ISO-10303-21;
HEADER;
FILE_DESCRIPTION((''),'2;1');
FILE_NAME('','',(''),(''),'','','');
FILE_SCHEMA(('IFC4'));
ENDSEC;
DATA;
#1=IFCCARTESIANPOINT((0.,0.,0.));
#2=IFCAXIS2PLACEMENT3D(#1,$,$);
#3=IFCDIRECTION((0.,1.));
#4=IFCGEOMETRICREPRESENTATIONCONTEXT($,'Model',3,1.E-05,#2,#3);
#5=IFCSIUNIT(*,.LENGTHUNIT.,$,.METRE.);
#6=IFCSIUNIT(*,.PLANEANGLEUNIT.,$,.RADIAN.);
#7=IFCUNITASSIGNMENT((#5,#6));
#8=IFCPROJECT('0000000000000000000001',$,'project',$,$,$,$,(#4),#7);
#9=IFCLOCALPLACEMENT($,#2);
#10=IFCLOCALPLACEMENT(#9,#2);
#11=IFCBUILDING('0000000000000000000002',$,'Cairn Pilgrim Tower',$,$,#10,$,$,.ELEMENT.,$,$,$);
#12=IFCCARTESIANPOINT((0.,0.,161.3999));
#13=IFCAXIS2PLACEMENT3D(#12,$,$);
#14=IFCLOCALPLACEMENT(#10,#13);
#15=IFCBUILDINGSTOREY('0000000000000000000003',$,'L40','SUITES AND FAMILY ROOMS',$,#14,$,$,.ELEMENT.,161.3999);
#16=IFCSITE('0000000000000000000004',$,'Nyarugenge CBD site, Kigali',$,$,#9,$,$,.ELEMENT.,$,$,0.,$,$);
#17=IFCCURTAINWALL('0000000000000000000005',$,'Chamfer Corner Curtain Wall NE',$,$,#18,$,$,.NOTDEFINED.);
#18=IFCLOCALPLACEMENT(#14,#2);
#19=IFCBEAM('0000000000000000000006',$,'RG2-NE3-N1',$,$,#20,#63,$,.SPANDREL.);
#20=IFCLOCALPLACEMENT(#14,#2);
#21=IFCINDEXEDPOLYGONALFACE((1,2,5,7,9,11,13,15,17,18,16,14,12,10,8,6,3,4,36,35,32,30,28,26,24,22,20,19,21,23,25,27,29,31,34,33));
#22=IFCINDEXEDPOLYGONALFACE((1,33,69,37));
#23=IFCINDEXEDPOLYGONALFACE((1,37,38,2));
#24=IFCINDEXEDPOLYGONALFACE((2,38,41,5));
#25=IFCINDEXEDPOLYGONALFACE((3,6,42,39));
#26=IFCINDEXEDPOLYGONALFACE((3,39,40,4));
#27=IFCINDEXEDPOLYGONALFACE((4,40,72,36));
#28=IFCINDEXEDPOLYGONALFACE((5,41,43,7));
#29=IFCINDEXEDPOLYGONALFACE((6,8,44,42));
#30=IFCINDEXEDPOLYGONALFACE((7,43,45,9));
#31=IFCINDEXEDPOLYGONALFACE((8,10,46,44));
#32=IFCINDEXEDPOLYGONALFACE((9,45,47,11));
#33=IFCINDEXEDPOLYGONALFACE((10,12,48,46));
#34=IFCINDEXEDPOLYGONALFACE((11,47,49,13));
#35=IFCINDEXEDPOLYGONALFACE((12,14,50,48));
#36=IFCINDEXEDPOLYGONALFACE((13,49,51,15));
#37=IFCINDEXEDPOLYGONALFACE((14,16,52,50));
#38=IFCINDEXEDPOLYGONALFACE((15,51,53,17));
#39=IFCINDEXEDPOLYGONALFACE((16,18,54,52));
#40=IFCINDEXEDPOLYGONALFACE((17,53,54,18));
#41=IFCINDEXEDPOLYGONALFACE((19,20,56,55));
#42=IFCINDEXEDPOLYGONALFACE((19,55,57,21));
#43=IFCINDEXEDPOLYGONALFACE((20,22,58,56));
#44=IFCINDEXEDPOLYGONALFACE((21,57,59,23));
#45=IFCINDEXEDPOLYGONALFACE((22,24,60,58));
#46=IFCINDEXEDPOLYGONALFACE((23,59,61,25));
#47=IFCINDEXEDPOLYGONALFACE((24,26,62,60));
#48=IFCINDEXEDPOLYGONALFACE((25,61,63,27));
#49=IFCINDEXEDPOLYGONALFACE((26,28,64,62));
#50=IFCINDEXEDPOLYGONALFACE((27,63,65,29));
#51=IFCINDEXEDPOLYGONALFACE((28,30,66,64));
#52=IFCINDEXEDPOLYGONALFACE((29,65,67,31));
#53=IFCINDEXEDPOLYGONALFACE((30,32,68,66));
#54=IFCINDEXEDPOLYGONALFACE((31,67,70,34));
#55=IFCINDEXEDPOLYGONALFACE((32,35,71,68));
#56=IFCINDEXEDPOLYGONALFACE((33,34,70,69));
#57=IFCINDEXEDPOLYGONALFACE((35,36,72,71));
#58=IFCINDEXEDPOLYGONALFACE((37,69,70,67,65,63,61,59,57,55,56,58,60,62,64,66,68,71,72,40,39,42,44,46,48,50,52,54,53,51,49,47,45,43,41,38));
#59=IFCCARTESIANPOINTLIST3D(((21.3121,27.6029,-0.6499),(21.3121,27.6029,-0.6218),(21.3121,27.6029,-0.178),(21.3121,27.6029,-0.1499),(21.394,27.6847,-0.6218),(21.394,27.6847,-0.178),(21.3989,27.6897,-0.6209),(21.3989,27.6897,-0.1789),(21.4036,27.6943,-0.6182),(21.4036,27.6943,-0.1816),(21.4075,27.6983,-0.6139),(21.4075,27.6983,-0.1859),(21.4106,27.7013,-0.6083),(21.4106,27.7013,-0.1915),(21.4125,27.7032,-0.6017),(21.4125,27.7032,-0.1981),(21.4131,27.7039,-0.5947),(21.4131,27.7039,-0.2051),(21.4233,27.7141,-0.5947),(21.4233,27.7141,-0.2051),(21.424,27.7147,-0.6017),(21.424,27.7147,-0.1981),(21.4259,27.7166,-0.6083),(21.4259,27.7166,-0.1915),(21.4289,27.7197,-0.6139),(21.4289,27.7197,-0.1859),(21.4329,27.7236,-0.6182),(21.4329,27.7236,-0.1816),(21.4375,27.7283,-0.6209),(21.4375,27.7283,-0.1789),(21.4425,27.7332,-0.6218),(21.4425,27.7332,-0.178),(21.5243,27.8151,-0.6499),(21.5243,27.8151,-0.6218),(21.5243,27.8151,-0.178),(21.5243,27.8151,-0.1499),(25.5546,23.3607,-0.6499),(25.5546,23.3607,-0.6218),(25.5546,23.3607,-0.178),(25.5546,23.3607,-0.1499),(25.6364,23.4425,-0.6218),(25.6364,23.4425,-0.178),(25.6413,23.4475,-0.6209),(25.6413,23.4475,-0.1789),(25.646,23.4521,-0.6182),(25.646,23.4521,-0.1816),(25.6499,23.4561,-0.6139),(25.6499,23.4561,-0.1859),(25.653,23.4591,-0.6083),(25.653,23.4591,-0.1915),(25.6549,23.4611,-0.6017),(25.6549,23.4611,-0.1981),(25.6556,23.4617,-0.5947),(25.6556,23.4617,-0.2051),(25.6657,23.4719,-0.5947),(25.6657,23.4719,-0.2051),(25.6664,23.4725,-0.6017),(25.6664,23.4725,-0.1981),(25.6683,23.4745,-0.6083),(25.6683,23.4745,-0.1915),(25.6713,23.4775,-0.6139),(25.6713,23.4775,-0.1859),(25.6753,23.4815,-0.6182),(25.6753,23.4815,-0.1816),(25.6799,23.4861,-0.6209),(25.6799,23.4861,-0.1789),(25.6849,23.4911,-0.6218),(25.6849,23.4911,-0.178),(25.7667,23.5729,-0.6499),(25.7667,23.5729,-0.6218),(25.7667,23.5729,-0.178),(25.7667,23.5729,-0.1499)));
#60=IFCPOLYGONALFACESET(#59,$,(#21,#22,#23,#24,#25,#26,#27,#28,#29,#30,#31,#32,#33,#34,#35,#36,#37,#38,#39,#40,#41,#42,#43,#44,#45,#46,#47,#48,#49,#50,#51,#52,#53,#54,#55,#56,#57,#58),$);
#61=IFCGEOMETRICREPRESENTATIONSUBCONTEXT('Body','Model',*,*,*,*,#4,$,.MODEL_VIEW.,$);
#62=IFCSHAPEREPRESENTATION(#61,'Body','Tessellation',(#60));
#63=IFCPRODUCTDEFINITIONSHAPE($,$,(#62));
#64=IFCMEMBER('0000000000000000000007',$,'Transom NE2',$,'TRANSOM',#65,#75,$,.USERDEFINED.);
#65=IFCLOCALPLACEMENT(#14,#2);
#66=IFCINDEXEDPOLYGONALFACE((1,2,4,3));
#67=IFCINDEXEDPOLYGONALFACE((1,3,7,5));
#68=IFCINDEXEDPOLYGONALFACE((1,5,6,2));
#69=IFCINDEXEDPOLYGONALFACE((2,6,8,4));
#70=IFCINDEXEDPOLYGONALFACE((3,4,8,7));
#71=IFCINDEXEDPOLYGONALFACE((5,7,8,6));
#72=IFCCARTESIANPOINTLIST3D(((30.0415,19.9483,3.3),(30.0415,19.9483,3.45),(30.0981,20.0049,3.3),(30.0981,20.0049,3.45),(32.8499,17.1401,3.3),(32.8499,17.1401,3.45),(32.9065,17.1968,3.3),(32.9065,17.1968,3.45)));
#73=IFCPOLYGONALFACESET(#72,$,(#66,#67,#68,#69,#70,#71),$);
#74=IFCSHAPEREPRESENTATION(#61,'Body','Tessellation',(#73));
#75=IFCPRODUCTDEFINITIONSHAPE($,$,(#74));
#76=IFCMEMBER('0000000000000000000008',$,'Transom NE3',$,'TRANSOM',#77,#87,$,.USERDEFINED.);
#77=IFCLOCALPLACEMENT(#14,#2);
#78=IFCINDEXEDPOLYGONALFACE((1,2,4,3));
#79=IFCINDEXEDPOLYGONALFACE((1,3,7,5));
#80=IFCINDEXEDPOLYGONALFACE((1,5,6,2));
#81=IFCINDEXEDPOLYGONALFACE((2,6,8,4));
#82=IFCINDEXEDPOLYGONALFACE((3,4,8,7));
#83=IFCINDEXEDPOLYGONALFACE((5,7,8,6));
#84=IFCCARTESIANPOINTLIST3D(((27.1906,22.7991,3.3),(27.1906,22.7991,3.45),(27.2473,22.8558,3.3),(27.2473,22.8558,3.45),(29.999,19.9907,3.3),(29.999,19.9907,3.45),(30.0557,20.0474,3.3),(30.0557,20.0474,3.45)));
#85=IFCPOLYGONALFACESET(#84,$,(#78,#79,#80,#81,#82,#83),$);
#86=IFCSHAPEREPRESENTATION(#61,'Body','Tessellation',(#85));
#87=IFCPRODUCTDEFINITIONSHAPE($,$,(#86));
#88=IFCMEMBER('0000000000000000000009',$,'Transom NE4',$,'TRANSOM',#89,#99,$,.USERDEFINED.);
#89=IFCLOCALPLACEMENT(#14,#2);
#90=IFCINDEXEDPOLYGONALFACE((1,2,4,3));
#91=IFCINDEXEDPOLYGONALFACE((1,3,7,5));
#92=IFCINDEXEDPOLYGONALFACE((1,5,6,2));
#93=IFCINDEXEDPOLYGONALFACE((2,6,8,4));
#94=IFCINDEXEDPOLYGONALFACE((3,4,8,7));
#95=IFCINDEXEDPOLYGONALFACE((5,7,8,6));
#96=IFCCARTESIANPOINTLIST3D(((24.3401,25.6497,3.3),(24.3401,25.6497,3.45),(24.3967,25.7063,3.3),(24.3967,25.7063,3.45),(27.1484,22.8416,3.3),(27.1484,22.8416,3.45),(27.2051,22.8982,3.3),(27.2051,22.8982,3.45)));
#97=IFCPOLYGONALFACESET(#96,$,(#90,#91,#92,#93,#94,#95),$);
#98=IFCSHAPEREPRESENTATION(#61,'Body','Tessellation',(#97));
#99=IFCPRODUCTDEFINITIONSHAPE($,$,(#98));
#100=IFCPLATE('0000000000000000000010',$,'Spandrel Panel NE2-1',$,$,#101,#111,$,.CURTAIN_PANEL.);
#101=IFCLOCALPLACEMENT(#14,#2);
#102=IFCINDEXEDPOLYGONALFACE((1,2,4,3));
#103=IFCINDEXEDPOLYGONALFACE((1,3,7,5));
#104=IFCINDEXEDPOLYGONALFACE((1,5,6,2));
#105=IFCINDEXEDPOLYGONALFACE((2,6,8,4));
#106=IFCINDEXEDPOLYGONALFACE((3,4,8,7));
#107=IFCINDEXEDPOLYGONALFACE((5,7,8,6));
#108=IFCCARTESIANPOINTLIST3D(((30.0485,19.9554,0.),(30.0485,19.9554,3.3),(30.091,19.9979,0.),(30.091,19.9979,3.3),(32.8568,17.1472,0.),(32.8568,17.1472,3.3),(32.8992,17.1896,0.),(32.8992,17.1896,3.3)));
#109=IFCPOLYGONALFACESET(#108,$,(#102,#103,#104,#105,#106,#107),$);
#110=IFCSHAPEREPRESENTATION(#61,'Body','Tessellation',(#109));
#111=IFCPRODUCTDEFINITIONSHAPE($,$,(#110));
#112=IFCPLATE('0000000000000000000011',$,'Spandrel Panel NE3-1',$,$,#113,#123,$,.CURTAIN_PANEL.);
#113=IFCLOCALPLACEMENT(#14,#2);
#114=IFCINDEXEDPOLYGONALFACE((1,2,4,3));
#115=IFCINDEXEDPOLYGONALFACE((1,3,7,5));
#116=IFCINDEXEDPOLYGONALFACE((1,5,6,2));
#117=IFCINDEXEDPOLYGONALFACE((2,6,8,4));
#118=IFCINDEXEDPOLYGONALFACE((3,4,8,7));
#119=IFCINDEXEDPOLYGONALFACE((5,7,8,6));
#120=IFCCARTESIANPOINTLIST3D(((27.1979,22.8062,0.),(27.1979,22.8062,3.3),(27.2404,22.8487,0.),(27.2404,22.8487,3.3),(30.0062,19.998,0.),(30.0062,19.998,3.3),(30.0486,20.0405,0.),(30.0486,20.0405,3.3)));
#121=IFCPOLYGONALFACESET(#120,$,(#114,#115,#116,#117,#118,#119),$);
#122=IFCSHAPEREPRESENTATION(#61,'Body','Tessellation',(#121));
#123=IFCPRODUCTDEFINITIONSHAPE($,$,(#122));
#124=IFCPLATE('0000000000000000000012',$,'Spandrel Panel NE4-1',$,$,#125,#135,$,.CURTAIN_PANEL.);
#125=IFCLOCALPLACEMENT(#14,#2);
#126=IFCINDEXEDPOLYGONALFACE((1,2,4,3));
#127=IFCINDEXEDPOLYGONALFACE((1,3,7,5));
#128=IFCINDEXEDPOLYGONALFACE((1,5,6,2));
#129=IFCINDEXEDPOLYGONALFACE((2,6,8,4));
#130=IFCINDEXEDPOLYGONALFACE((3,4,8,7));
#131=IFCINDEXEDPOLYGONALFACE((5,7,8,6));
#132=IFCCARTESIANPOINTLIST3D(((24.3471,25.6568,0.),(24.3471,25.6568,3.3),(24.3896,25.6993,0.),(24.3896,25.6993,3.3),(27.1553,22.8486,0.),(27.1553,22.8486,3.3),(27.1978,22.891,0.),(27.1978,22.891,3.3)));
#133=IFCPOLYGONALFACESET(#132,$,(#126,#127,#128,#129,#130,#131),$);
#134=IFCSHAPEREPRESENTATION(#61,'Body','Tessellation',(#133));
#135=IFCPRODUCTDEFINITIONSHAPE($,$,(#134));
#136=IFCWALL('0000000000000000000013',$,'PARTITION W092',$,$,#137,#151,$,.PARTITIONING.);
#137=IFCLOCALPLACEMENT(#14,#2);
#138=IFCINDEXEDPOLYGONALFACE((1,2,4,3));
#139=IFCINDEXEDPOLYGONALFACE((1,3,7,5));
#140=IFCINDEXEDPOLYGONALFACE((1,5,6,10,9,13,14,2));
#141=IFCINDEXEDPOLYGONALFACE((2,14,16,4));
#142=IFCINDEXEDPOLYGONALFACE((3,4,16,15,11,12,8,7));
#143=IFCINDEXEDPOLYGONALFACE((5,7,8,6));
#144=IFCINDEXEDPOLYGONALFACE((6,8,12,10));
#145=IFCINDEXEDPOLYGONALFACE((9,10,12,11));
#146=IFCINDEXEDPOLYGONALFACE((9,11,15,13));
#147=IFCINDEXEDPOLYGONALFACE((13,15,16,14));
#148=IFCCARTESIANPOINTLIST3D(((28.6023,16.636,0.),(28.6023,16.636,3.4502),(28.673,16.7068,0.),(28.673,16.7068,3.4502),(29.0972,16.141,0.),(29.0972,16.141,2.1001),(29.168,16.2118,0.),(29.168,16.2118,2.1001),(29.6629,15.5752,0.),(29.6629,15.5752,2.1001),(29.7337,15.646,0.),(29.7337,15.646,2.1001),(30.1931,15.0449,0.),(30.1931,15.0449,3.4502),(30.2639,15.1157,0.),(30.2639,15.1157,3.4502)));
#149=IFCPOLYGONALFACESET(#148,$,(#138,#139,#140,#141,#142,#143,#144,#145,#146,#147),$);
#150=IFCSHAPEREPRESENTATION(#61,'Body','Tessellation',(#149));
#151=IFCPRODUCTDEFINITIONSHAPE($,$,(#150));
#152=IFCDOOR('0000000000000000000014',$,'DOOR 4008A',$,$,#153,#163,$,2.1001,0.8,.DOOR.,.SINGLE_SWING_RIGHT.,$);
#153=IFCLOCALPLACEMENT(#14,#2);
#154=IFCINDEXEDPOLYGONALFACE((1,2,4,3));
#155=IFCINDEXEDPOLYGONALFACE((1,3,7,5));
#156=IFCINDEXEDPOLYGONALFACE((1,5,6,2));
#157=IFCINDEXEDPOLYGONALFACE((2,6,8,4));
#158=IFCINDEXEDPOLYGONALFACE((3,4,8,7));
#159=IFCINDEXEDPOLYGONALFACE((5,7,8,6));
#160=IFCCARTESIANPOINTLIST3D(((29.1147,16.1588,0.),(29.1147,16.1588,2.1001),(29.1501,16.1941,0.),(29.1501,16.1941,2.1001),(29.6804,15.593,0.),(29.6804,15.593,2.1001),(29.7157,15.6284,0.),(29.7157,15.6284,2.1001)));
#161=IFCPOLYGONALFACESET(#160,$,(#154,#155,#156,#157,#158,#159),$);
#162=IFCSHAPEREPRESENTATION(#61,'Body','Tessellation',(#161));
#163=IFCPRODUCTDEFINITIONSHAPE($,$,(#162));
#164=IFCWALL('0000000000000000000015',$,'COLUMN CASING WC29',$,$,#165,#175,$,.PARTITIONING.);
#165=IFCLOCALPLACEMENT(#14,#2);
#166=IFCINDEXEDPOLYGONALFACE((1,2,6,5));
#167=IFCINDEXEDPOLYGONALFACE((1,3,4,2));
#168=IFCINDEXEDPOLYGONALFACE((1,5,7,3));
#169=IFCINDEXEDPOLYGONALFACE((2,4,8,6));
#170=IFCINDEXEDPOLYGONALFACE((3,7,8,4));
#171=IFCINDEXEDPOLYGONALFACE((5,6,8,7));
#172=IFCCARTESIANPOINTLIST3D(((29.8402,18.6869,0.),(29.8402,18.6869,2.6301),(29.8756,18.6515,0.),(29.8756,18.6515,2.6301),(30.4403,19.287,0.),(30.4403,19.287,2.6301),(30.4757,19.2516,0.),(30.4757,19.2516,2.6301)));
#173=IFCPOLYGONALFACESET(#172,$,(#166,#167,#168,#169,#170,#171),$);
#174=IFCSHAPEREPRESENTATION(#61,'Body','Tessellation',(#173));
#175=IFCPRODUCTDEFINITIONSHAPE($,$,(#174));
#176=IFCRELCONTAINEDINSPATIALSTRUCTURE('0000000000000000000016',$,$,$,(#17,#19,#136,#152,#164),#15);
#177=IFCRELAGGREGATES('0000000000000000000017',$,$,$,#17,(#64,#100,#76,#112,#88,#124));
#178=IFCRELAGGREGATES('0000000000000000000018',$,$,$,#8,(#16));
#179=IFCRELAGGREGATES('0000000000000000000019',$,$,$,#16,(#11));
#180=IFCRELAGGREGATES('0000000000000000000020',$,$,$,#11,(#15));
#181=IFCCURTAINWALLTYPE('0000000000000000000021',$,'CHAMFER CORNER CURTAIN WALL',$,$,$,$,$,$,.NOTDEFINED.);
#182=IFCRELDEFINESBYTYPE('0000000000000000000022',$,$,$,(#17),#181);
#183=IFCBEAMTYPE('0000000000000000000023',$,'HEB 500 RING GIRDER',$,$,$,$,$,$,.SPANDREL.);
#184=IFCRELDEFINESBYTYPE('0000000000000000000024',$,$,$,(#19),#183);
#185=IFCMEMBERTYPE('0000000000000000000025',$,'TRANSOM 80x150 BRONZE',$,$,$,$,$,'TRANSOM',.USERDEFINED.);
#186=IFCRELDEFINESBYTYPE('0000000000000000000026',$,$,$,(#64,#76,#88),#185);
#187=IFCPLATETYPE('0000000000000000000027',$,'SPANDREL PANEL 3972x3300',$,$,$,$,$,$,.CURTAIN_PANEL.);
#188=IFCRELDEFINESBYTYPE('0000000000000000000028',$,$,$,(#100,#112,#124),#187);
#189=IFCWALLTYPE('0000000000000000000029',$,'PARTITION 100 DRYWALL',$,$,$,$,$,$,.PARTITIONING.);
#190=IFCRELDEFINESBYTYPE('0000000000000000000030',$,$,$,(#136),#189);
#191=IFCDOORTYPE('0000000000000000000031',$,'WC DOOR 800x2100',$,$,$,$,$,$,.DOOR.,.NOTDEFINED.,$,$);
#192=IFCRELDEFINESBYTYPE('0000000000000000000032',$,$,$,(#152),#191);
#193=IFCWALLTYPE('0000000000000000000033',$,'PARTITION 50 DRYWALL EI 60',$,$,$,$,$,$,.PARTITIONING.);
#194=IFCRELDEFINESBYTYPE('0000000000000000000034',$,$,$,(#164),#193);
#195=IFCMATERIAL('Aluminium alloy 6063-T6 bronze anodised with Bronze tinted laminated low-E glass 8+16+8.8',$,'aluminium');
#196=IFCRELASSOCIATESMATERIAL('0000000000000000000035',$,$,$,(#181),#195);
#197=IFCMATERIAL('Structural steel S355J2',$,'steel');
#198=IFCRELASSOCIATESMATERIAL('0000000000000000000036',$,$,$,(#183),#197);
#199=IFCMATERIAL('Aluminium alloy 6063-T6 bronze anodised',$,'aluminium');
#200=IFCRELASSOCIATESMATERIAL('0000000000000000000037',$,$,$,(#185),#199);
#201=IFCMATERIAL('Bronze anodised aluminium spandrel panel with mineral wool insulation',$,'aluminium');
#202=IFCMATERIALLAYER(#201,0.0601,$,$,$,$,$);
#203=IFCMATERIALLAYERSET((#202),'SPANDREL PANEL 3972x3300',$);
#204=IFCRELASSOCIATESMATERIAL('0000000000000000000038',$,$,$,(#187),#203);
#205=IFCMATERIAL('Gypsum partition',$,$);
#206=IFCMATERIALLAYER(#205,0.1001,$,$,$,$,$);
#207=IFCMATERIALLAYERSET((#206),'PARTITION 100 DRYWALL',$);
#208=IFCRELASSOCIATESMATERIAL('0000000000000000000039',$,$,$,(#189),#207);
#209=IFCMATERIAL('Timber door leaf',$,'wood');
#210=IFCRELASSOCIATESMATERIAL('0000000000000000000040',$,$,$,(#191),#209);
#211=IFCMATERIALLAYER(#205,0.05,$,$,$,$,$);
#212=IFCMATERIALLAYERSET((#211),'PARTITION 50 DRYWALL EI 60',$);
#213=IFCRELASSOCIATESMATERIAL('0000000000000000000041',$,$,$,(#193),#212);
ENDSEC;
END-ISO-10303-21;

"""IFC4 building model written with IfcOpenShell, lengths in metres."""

from ifc_helpers import new_model, si_unit, direction, frame, frame_2d, origin, origin_2d, place, context, subcontext, project, spatial, rectangle, i_section, extrude, material, layer, layer_set, material_profile, profile_set, type_object, element, fill, aggregate, save


model = new_model("IFC4")

# Units and contexts
model_context = context("Model", 3, precision=1e-05, world=origin(), true_north=direction((0.0, 1.0)))
body_context = subcontext(model_context, "Body", "Model", "MODEL_VIEW")
ifc_project = project(units=[si_unit("LENGTHUNIT", "METRE"), si_unit("PLANEANGLEUNIT", "RADIAN")], contexts=[model_context])

# Site, building, storey
site_placement = place(None, origin())
site = spatial("IfcSite", under=ifc_project, at=site_placement, Name="Nyarugenge CBD site, Kigali", CompositionType="ELEMENT", RefElevation=0.0)
building_placement = place(site_placement, origin())
building = spatial("IfcBuilding", under=site, at=building_placement, Name="Cairn Pilgrim Tower", CompositionType="ELEMENT")
storey_placement = place(building_placement, frame((0.0, 0.0, 161.3999)))
storey = spatial("IfcBuildingStorey", under=building, at=storey_placement, Name="L40", Description="SUITES AND FAMILY ROOMS", CompositionType="ELEMENT", Elevation=161.3999)

# Shared definitions
ifc_material_1 = material(Name="Structural steel S355J2", Category="steel")

# Curtain wall
ifc_material_2 = material(Name="Aluminium alloy 6063-T6 bronze anodised with Bronze tinted laminated low-E glass 8+16+8.8", Category="aluminium")
curtain_wall_type = type_object("IfcCurtainWallType", Name="CHAMFER CORNER CURTAIN WALL", PredefinedType="NOTDEFINED", material=ifc_material_2)
curtain_wall_placement = place(storey_placement, origin())
curtain_wall = element("IfcCurtainWall", 1, at=curtain_wall_placement, inside=storey, type_object=curtain_wall_type, Name="Chamfer Corner Curtain Wall NE", PredefinedType="NOTDEFINED")
ifc_material_3 = material(Name="Aluminium alloy 6063-T6 bronze anodised", Category="aluminium")

# Beam
ifc_material_profile_1 = material_profile(ifc_material_1, i_section(OverallWidth=0.3, OverallDepth=0.5, WebThickness=0.0144, FlangeThickness=0.0281, FilletRadius=0.0271, at=origin_2d()), Name="HEB 500")
ifc_profile_set_1 = profile_set([ifc_material_profile_1], Name="Structural steel S355J2")
beam_type_1 = type_object("IfcBeamType", Name="HEB 500 RING GIRDER", PredefinedType="SPANDREL", material=ifc_profile_set_1)
beam_1_placement = place(storey_placement, frame((25.6606, 23.4668, -0.3999), z_axis=(-0.707127, 0.707086, 0.0), x_axis=(-0.707086, -0.707127, 0.0)))
element("IfcBeam", 2, at=beam_1_placement, inside=storey, type_object=beam_type_1, Name="RG2-NE3-N1", PredefinedType="SPANDREL", context=body_context, shape_type="SweptSolid", body=[
    extrude(i_section(OverallWidth=0.3, OverallDepth=0.5, WebThickness=0.0144, FlangeThickness=0.0281, FilletRadius=0.0271, at=origin_2d()), origin(), (0.0, 0.0, 1.0), 5.9995),
])

# Members
ifc_material_profile_2 = material_profile(ifc_material_3, rectangle(XDim=0.0801, YDim=0.1499, at=origin_2d()), Name="TRANSOM 80x150 BRONZE")
ifc_profile_set_2 = profile_set([ifc_material_profile_2], Name="Aluminium alloy 6063-T6 bronze anodised")
member_type_1 = type_object("IfcMemberType", Name="TRANSOM 80x150 BRONZE", ElementType="TRANSOM", PredefinedType="USERDEFINED", material=ifc_profile_set_2)
member_1_placement = place(storey_placement, frame((32.8782, 17.1685, 3.375), z_axis=(-0.707138, 0.707076, 0.0), x_axis=(-0.707076, -0.707138, 0.0)))
member_1 = element("IfcMember", 3, at=member_1_placement, type_object=member_type_1, Name="Transom NE2", ObjectType="TRANSOM", PredefinedType="USERDEFINED", context=body_context, shape_type="SweptSolid", body=[
    extrude(rectangle(XDim=0.0801, YDim=0.1499, at=origin_2d()), origin(), (0.0, 0.0, 1.0), 3.9714),
])
member_2_placement = place(storey_placement, frame((30.0273, 20.019, 3.375), z_axis=(-0.707107, 0.707107, 0.0), x_axis=(-0.707107, -0.707107, 0.0)))
member_2 = element("IfcMember", 4, at=member_2_placement, type_object=member_type_1, Name="Transom NE3", ObjectType="TRANSOM", PredefinedType="USERDEFINED", context=body_context, shape_type="SweptSolid", body=[
    extrude(rectangle(XDim=0.0801, YDim=0.1499, at=origin_2d()), origin(), (0.0, 0.0, 1.0), 3.9717),
])
member_3_placement = place(storey_placement, frame((27.1768, 22.8699, 3.375), z_axis=(-0.707138, 0.707076, 0.0), x_axis=(-0.707076, -0.707138, 0.0)))
member_3 = element("IfcMember", 5, at=member_3_placement, type_object=member_type_1, Name="Transom NE4", ObjectType="TRANSOM", PredefinedType="USERDEFINED", context=body_context, shape_type="SweptSolid", body=[
    extrude(rectangle(XDim=0.0801, YDim=0.1499, at=origin_2d()), origin(), (0.0, 0.0, 1.0), 3.9714),
])

# Plates
ifc_material_4 = material(Name="Bronze anodised aluminium spandrel panel with mineral wool insulation", Category="aluminium")
ifc_layer_1 = layer(ifc_material_4, 0.0601)
ifc_layer_set_1 = layer_set([ifc_layer_1], Name="SPANDREL PANEL 3972x3300")
plate_type = type_object("IfcPlateType", Name="SPANDREL PANEL 3972x3300", PredefinedType="CURTAIN_PANEL", material=ifc_layer_set_1)
plate_1_placement = place(storey_placement, frame((31.4739, 18.5725, 0.0), z_axis=(0.0, 0.0, 1.0), x_axis=(-0.707107, 0.707107, 0.0)))
plate_1 = element("IfcPlate", 6, at=plate_1_placement, type_object=plate_type, Name="Spandrel Panel NE2-1", PredefinedType="CURTAIN_PANEL", context=body_context, shape_type="SweptSolid", body=[
    extrude(rectangle(XDim=3.9714, YDim=0.0601, at=origin_2d()), origin(), (0.0, 0.0, 1.0), 3.3),
])
plate_2_placement = place(storey_placement, frame((28.6233, 21.4233, 0.0), z_axis=(0.0, 0.0, 1.0), x_axis=(-0.707107, 0.707107, 0.0)))
plate_2 = element("IfcPlate", 7, at=plate_2_placement, type_object=plate_type, Name="Spandrel Panel NE3-1", PredefinedType="CURTAIN_PANEL", context=body_context, shape_type="SweptSolid", body=[
    extrude(rectangle(XDim=3.9714, YDim=0.0601, at=origin_2d()), origin(), (0.0, 0.0, 1.0), 3.3),
])
plate_3_placement = place(storey_placement, frame((25.7725, 24.2739, 0.0), z_axis=(0.0, 0.0, 1.0), x_axis=(-0.707107, 0.707107, 0.0)))
plate_3 = element("IfcPlate", 8, at=plate_3_placement, type_object=plate_type, Name="Spandrel Panel NE4-1", PredefinedType="CURTAIN_PANEL", context=body_context, shape_type="SweptSolid", body=[
    extrude(rectangle(XDim=3.9714, YDim=0.0601, at=origin_2d()), origin(), (0.0, 0.0, 1.0), 3.3),
])
aggregate(curtain_wall, [member_1, plate_1, member_2, plate_2, member_3, plate_3])

# Wall, opening, door
ifc_material_5 = material(Name="Gypsum partition")
ifc_layer_2 = layer(ifc_material_5, 0.1001)
ifc_layer_set_2 = layer_set([ifc_layer_2], Name="PARTITION 100 DRYWALL")
wall_type_1 = type_object("IfcWallType", Name="PARTITION 100 DRYWALL", PredefinedType="PARTITIONING", material=ifc_layer_set_2)
wall_1_placement = place(storey_placement, frame((30.2285, 15.0803, 0.0), z_axis=(0.0, 0.0, 1.0), x_axis=(-0.707053, 0.707161, 0.0)))
wall_1 = element("IfcWall", 9, at=wall_1_placement, inside=storey, type_object=wall_type_1, Name="PARTITION W092", PredefinedType="PARTITIONING", context=body_context, shape_type="SweptSolid", body=[
    extrude(rectangle(XDim=2.25, YDim=0.1001, at=frame_2d((1.125, 0.0))), origin(), (0.0, 0.0, 1.0), 3.4502),
])
opening_1_placement = place(wall_1_placement, frame((0.75, 0.0, 0.0)))
opening_1 = element("IfcOpeningElement", 10, at=opening_1_placement, cuts=wall_1, PredefinedType="OPENING", context=body_context, shape_type="SweptSolid", body=[
    extrude(rectangle(XDim=0.8, YDim=2.1001, at=frame_2d((0.3999, 1.05))), frame((0.0, 0.0601, 0.0), z_axis=(0.0, -1.0, 0.0), x_axis=(1.0, 0.0, 0.0)), (0.0, 0.0, 1.0), 0.1201),
])
ifc_material_6 = material(Name="Timber door leaf", Category="wood")
door_type_1 = type_object("IfcDoorType", Name="WC DOOR 800x2100", OperationType="NOTDEFINED", PredefinedType="DOOR", material=ifc_material_6)
door_1_placement = place(opening_1_placement, frame((0.8, 0.0, 0.0), z_axis=(0.0, 0.0, 1.0), x_axis=(-1.0, 0.0, 0.0)))
door_1 = element("IfcDoor", 11, at=door_1_placement, inside=storey, type_object=door_type_1, Name="DOOR 4008A", OperationType="SINGLE_SWING_RIGHT", OverallHeight=2.1001, OverallWidth=0.8, PredefinedType="DOOR", context=body_context, shape_type="SweptSolid", body=[
    extrude(rectangle(XDim=0.8, YDim=2.1001, at=frame_2d((0.3999, 1.05))), frame((0.0, 0.0249, 0.0), z_axis=(0.0, -1.0, 0.0), x_axis=(1.0, 0.0, 0.0)), (0.0, 0.0, 1.0), 0.05),
])
fill(opening_1, door_1)

# Wall
ifc_layer_3 = layer(ifc_material_5, 0.05)
ifc_layer_set_3 = layer_set([ifc_layer_3], Name="PARTITION 50 DRYWALL EI 60")
wall_type_2 = type_object("IfcWallType", Name="PARTITION 50 DRYWALL EI 60", PredefinedType="PARTITIONING", material=ifc_layer_set_3)
wall_2_placement = place(storey_placement, frame((29.8579, 18.6692, 0.0), z_axis=(0.0, 0.0, 1.0), x_axis=(0.707107, 0.707107, 0.0)))
element("IfcWall", 12, at=wall_2_placement, inside=storey, type_object=wall_type_2, Name="COLUMN CASING WC29", PredefinedType="PARTITIONING", context=body_context, shape_type="SweptSolid", body=[
    extrude(rectangle(XDim=0.8486, YDim=0.05, at=frame_2d((0.4243, 0.0))), origin(), (0.0, 0.0, 1.0), 2.6301),
])

save(model, "model.ifc")
